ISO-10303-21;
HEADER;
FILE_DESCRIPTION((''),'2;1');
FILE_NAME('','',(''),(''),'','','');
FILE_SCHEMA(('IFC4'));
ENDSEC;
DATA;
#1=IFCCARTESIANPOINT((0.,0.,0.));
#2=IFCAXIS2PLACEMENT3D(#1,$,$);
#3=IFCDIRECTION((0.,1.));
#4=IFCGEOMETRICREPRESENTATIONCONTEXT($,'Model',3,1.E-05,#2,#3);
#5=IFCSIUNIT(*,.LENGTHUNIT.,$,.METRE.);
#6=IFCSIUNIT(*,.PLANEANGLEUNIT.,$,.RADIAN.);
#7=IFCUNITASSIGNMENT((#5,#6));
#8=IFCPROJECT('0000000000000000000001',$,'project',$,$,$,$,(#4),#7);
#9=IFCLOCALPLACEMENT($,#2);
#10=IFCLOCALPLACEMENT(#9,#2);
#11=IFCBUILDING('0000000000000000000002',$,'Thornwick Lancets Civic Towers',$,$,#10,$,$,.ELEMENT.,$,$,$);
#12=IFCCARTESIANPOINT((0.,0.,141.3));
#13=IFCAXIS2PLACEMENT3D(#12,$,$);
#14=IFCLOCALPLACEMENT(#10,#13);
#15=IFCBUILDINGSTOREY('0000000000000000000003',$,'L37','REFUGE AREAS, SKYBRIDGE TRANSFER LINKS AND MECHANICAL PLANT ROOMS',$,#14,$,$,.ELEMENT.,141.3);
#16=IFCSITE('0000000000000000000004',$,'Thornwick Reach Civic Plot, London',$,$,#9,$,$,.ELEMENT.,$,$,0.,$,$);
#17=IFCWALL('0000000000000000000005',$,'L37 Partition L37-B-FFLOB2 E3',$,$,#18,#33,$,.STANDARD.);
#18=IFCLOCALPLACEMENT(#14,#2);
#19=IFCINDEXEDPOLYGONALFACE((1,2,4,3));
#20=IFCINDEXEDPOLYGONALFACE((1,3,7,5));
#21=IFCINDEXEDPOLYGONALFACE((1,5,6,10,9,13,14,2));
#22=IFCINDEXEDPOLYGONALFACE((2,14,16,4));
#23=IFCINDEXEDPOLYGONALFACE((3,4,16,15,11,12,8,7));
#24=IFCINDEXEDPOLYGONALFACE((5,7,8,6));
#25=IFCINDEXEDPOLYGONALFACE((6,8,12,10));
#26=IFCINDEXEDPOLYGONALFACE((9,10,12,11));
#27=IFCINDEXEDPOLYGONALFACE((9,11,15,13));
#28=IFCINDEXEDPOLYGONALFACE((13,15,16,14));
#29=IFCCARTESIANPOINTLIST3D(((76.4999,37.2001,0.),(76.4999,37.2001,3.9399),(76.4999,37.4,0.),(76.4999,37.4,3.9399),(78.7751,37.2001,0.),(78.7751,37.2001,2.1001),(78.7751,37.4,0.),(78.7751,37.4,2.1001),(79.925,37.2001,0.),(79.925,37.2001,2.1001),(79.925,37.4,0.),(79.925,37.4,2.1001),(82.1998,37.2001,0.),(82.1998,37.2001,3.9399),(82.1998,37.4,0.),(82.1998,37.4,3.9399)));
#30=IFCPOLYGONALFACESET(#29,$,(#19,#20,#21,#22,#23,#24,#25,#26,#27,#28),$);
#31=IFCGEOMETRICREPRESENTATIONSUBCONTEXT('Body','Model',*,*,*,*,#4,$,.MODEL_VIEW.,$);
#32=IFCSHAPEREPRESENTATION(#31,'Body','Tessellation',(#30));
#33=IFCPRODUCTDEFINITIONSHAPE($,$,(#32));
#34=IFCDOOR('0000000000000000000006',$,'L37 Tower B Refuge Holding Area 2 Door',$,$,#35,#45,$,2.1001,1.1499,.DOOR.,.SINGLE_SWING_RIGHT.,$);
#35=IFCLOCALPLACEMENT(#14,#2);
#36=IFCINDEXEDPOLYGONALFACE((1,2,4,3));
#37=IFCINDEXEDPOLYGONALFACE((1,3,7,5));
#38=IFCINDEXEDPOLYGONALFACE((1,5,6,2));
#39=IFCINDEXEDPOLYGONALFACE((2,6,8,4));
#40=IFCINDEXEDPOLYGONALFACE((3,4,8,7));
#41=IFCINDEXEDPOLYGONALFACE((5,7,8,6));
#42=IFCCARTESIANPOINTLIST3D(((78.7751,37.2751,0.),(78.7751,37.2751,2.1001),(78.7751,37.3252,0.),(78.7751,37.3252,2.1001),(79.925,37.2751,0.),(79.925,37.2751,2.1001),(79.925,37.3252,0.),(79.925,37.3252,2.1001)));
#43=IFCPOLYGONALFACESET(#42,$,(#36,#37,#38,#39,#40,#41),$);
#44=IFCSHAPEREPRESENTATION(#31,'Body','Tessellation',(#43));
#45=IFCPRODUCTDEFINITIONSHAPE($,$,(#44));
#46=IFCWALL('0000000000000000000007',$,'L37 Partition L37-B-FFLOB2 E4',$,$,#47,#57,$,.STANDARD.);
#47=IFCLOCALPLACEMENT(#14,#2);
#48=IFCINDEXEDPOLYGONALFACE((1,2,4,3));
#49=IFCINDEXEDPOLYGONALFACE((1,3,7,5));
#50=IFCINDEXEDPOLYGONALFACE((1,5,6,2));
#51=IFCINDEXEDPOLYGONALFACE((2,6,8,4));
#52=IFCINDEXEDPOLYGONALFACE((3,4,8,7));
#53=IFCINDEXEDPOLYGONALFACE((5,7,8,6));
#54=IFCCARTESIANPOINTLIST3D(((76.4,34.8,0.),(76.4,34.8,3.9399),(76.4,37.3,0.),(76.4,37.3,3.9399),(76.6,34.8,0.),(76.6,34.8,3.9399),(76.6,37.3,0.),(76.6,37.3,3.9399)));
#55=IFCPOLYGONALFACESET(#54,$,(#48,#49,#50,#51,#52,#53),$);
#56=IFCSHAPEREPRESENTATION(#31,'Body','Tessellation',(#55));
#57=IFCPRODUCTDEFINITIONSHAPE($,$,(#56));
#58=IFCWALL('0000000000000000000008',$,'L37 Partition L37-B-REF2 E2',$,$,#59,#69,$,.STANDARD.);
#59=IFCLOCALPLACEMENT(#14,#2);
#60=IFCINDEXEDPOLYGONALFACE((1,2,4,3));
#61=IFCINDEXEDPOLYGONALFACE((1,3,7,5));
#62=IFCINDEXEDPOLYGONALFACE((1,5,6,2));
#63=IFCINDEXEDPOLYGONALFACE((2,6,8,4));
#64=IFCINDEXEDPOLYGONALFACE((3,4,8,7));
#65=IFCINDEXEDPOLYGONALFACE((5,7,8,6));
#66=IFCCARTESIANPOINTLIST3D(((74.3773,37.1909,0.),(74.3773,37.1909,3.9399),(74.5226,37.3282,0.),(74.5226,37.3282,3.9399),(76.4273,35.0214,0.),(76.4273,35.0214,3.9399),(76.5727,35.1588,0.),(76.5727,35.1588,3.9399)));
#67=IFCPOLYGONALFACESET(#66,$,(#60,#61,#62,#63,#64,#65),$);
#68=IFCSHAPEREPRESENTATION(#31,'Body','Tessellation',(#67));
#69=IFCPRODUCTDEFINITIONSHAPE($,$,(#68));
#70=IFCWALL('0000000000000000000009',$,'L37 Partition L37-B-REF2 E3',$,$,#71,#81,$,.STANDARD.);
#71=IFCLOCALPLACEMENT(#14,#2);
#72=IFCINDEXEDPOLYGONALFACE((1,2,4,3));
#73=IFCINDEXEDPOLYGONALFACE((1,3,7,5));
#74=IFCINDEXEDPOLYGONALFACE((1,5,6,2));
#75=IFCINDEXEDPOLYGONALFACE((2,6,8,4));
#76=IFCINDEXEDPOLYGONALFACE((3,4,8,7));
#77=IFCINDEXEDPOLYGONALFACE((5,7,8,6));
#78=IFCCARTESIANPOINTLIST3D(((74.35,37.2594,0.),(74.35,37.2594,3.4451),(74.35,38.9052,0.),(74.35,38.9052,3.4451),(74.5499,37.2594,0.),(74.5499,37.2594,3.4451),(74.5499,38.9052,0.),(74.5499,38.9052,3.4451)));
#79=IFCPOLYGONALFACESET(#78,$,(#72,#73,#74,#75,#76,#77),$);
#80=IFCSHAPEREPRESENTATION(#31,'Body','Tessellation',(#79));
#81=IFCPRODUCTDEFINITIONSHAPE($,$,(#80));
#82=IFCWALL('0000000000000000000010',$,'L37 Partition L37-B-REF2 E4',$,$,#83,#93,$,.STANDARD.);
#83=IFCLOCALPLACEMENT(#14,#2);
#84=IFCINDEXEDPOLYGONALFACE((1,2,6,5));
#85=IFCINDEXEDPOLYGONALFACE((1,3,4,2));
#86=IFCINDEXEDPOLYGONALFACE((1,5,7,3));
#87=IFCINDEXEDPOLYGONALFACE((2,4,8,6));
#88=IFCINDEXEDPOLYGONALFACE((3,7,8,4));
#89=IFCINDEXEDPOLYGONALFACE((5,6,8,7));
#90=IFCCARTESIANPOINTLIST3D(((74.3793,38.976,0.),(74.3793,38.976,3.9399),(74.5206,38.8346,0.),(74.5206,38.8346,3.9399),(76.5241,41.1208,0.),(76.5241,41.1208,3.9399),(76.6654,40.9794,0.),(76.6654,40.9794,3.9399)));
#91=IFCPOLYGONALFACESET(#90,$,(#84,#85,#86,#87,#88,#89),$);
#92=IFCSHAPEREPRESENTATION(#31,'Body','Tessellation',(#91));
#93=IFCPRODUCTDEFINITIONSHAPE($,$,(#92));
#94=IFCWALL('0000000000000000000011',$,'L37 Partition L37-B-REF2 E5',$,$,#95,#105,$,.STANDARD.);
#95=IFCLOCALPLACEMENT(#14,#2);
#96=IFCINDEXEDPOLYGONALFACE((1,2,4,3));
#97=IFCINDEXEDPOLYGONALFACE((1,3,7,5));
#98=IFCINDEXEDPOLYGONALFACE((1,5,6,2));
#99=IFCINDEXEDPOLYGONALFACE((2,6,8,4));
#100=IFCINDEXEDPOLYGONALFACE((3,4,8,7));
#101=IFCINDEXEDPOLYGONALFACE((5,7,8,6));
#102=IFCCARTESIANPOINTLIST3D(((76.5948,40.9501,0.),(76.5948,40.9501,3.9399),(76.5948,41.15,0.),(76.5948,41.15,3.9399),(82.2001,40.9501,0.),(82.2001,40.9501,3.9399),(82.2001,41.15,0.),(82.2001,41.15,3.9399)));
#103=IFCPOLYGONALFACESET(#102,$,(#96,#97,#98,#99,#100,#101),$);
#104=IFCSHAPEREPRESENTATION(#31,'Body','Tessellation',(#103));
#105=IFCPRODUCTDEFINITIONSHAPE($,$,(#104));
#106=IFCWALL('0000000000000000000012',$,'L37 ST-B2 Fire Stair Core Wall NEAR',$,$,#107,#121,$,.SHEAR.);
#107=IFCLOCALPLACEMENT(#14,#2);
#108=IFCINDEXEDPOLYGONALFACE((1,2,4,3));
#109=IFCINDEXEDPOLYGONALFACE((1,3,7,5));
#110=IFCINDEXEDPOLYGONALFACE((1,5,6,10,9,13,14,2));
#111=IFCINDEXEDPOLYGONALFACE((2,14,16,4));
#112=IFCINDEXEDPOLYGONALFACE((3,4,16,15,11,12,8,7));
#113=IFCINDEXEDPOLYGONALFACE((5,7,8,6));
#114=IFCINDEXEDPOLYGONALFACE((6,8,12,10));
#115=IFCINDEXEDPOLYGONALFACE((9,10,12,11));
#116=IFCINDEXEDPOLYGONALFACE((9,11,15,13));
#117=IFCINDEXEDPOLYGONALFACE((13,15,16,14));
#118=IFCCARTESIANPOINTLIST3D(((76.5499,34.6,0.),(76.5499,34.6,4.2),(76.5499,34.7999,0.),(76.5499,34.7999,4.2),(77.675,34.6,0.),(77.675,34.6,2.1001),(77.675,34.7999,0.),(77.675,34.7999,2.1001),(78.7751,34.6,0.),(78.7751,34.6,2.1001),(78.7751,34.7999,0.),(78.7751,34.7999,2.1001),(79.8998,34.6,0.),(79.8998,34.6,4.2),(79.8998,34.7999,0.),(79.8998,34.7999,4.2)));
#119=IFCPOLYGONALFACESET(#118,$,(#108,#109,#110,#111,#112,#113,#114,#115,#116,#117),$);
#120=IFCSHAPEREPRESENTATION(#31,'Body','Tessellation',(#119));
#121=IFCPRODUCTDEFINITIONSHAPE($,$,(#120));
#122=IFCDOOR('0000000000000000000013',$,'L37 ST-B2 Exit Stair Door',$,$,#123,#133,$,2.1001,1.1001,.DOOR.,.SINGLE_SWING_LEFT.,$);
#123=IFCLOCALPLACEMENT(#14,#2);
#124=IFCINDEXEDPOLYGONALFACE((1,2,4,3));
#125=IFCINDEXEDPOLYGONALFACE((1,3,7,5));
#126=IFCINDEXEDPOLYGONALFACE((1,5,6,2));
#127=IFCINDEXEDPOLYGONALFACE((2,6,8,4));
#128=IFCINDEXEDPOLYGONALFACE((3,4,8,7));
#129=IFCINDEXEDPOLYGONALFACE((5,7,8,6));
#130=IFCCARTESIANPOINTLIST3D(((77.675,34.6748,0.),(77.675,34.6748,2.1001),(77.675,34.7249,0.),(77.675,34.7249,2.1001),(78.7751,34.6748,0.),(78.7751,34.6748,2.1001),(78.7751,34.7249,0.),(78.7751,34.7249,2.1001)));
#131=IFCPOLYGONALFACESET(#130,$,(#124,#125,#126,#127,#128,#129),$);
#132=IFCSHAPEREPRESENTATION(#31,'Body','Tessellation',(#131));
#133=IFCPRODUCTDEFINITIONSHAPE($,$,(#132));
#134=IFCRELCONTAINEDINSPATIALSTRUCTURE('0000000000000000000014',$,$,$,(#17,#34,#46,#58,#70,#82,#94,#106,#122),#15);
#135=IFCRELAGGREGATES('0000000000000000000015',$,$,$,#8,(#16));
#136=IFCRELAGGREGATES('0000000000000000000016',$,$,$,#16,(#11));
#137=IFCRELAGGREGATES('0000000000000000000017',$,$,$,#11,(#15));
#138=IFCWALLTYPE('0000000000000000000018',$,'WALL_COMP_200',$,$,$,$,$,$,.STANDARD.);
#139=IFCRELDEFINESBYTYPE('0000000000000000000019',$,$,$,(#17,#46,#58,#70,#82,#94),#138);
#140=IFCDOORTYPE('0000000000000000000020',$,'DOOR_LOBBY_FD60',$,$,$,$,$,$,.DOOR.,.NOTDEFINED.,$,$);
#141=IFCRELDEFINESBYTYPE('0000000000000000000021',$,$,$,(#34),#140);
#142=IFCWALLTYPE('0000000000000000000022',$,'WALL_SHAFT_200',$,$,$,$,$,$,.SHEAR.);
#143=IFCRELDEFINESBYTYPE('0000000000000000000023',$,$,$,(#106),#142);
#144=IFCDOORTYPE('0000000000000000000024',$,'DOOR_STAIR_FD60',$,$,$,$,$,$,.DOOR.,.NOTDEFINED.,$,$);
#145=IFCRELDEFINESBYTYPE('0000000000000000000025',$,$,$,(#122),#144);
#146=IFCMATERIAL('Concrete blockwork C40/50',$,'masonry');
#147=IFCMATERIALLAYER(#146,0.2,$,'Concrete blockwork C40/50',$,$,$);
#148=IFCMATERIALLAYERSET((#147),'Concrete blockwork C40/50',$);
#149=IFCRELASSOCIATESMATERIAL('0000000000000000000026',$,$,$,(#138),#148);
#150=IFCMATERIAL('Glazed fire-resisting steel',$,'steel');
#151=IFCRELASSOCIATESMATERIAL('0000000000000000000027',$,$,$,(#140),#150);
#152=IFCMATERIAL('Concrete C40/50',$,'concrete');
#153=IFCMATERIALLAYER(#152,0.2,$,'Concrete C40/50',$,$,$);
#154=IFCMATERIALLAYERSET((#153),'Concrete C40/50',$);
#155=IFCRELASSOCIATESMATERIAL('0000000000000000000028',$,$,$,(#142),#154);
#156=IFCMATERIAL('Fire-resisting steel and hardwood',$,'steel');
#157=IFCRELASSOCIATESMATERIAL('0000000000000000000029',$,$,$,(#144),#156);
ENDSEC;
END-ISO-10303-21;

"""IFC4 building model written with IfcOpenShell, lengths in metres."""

from ifc_helpers import new_model, si_unit, direction, frame, frame_2d, origin, place, context, subcontext, project, spatial, rectangle, extrude, material, layer, layer_set, type_object, element, fill, save


model = new_model("IFC4")

# Units and contexts
model_context = context("Model", 3, precision=1e-05, world=origin(), true_north=direction((0.0, 1.0)))
body_context = subcontext(model_context, "Body", "Model", "MODEL_VIEW")
ifc_project = project(units=[si_unit("LENGTHUNIT", "METRE"), si_unit("PLANEANGLEUNIT", "RADIAN")], contexts=[model_context])

# Site, building, storey
site_placement = place(None, origin())
site = spatial("IfcSite", under=ifc_project, at=site_placement, Name="Thornwick Reach Civic Plot, London", CompositionType="ELEMENT", RefElevation=0.0)
building_placement = place(site_placement, origin())
building = spatial("IfcBuilding", under=site, at=building_placement, Name="Thornwick Lancets Civic Towers", CompositionType="ELEMENT")
storey_placement = place(building_placement, frame((0.0, 0.0, 141.3)))
storey = spatial("IfcBuildingStorey", under=building, at=storey_placement, Name="L37", Description="REFUGE AREAS, SKYBRIDGE TRANSFER LINKS AND MECHANICAL PLANT ROOMS", CompositionType="ELEMENT", Elevation=141.3)

# Shared definitions
ifc_material_1 = material(Name="Concrete blockwork C40/50", Category="masonry")
ifc_layer_1 = layer(ifc_material_1, 0.2, Name="Concrete blockwork C40/50")
ifc_layer_set_1 = layer_set([ifc_layer_1], Name="Concrete blockwork C40/50")
wall_type_1 = type_object("IfcWallType", Name="WALL_COMP_200", PredefinedType="STANDARD", material=ifc_layer_set_1)

# Wall, opening, door
ifc_material_2 = material(Name="Glazed fire-resisting steel", Category="steel")
door_type_1 = type_object("IfcDoorType", Name="DOOR_LOBBY_FD60", OperationType="NOTDEFINED", PredefinedType="DOOR", material=ifc_material_2)
wall_1_placement = place(storey_placement, frame((82.2, 37.3, 0.0), z_axis=(0.0, 0.0, 1.0), x_axis=(-1.0, 0.0, 0.0)))
wall_1 = element("IfcWall", 1, at=wall_1_placement, inside=storey, type_object=wall_type_1, Name="L37 Partition L37-B-FFLOB2 E3", PredefinedType="STANDARD", context=body_context, shape_type="SweptSolid", body=[
    extrude(rectangle(XDim=5.7, YDim=0.2, at=frame_2d((2.8501, 0.0))), origin(), (0.0, 0.0, 1.0), 3.9399),
])
opening_1_placement = place(wall_1_placement, frame((2.2749, 0.0, 0.0)))
opening_1 = element("IfcOpeningElement", 2, at=opening_1_placement, cuts=wall_1, PredefinedType="OPENING", context=body_context, shape_type="SweptSolid", body=[
    extrude(rectangle(XDim=1.1499, YDim=2.1001, at=frame_2d((0.575, 1.05))), frame((0.0, 0.1099, 0.0), z_axis=(0.0, -1.0, 0.0), x_axis=(1.0, 0.0, 0.0)), (0.0, 0.0, 1.0), 0.22),
])
door_1_placement = place(opening_1_placement, origin())
door_1 = element("IfcDoor", 3, at=door_1_placement, inside=storey, type_object=door_type_1, Name="L37 Tower B Refuge Holding Area 2 Door", OperationType="SINGLE_SWING_RIGHT", OverallHeight=2.1001, OverallWidth=1.1499, PredefinedType="DOOR", context=body_context, shape_type="SweptSolid", body=[
    extrude(rectangle(XDim=1.1499, YDim=2.1001, at=frame_2d((0.575, 1.05))), frame((0.0, 0.0249, 0.0), z_axis=(0.0, -1.0, 0.0), x_axis=(1.0, 0.0, 0.0)), (0.0, 0.0, 1.0), 0.05),
])
fill(opening_1, door_1)

# Walls
wall_2_placement = place(storey_placement, frame((76.5, 37.3, 0.0), z_axis=(0.0, 0.0, 1.0), x_axis=(0.0, -1.0, 0.0)))
element("IfcWall", 4, at=wall_2_placement, inside=storey, type_object=wall_type_1, Name="L37 Partition L37-B-FFLOB2 E4", PredefinedType="STANDARD", context=body_context, shape_type="SweptSolid", body=[
    extrude(rectangle(XDim=2.5, YDim=0.2, at=frame_2d((1.25, 0.0))), origin(), (0.0, 0.0, 1.0), 3.9399),
])
wall_3_placement = place(storey_placement, frame((76.5, 35.0901, 0.0), z_axis=(0.0, 0.0, 1.0), x_axis=(-0.686825, 0.726823, 0.0)))
element("IfcWall", 5, at=wall_3_placement, inside=storey, type_object=wall_type_1, Name="L37 Partition L37-B-REF2 E2", PredefinedType="STANDARD", context=body_context, shape_type="SweptSolid", body=[
    extrude(rectangle(XDim=2.9849, YDim=0.2, at=frame_2d((1.4924, 0.0))), origin(), (0.0, 0.0, 1.0), 3.9399),
])
wall_4_placement = place(storey_placement, frame((74.45, 37.2595, 0.0), z_axis=(0.0, 0.0, 1.0), x_axis=(0.0, 1.0, 0.0)))
element("IfcWall", 6, at=wall_4_placement, inside=storey, type_object=wall_type_1, Name="L37 Partition L37-B-REF2 E3", PredefinedType="STANDARD", context=body_context, shape_type="SweptSolid", body=[
    extrude(rectangle(XDim=1.6458, YDim=0.2, at=frame_2d((0.8228, 0.0))), origin(), (0.0, 0.0, 1.0), 3.4451),
])
wall_5_placement = place(storey_placement, frame((74.45, 38.9053, 0.0), z_axis=(0.0, 0.0, 1.0), x_axis=(0.707107, 0.707107, 0.0)))
element("IfcWall", 7, at=wall_5_placement, inside=storey, type_object=wall_type_1, Name="L37 Partition L37-B-REF2 E4", PredefinedType="STANDARD", context=body_context, shape_type="SweptSolid", body=[
    extrude(rectangle(XDim=3.0332, YDim=0.2, at=frame_2d((1.5166, 0.0))), origin(), (0.0, 0.0, 1.0), 3.9399),
])
wall_6_placement = place(storey_placement, frame((76.5947, 41.05, 0.0), z_axis=(0.0, 0.0, 1.0), x_axis=(1.0, 0.0, 0.0)))
element("IfcWall", 8, at=wall_6_placement, inside=storey, type_object=wall_type_1, Name="L37 Partition L37-B-REF2 E5", PredefinedType="STANDARD", context=body_context, shape_type="SweptSolid", body=[
    extrude(rectangle(XDim=5.6052, YDim=0.2, at=frame_2d((2.8027, 0.0))), origin(), (0.0, 0.0, 1.0), 3.9399),
])

# Wall, opening, door
ifc_material_3 = material(Name="Concrete C40/50", Category="concrete")
ifc_layer_2 = layer(ifc_material_3, 0.2, Name="Concrete C40/50")
ifc_layer_set_2 = layer_set([ifc_layer_2], Name="Concrete C40/50")
wall_type_2 = type_object("IfcWallType", Name="WALL_SHAFT_200", PredefinedType="SHEAR", material=ifc_layer_set_2)
wall_7_placement = place(storey_placement, frame((76.55, 34.7, 0.0), z_axis=(0.0, 0.0, 1.0), x_axis=(1.0, 0.0, 0.0)))
wall_7 = element("IfcWall", 9, at=wall_7_placement, inside=storey, type_object=wall_type_2, Name="L37 ST-B2 Fire Stair Core Wall NEAR", PredefinedType="SHEAR", context=body_context, shape_type="SweptSolid", body=[
    extrude(rectangle(XDim=3.3499, YDim=0.2, at=frame_2d((1.6748, 0.0))), origin(), (0.0, 0.0, 1.0), 4.2),
])
opening_2_placement = place(wall_7_placement, frame((1.125, 0.0, 0.0)))
opening_2 = element("IfcOpeningElement", 10, at=opening_2_placement, cuts=wall_7, PredefinedType="OPENING", context=body_context, shape_type="SweptSolid", body=[
    extrude(rectangle(XDim=1.1001, YDim=2.1001, at=frame_2d((0.55, 1.05))), frame((0.0, 0.1099, 0.0), z_axis=(0.0, -1.0, 0.0), x_axis=(1.0, 0.0, 0.0)), (0.0, 0.0, 1.0), 0.22),
])
ifc_material_4 = material(Name="Fire-resisting steel and hardwood", Category="steel")
door_type_2 = type_object("IfcDoorType", Name="DOOR_STAIR_FD60", OperationType="NOTDEFINED", PredefinedType="DOOR", material=ifc_material_4)
door_2_placement = place(opening_2_placement, origin())
door_2 = element("IfcDoor", 11, at=door_2_placement, inside=storey, type_object=door_type_2, Name="L37 ST-B2 Exit Stair Door", OperationType="SINGLE_SWING_LEFT", OverallHeight=2.1001, OverallWidth=1.1001, PredefinedType="DOOR", context=body_context, shape_type="SweptSolid", body=[
    extrude(rectangle(XDim=1.1001, YDim=2.1001, at=frame_2d((0.55, 1.05))), frame((0.0, 0.0249, 0.0), z_axis=(0.0, -1.0, 0.0), x_axis=(1.0, 0.0, 0.0)), (0.0, 0.0, 1.0), 0.05),
])
fill(opening_2, door_2)

save(model, "model.ifc")
